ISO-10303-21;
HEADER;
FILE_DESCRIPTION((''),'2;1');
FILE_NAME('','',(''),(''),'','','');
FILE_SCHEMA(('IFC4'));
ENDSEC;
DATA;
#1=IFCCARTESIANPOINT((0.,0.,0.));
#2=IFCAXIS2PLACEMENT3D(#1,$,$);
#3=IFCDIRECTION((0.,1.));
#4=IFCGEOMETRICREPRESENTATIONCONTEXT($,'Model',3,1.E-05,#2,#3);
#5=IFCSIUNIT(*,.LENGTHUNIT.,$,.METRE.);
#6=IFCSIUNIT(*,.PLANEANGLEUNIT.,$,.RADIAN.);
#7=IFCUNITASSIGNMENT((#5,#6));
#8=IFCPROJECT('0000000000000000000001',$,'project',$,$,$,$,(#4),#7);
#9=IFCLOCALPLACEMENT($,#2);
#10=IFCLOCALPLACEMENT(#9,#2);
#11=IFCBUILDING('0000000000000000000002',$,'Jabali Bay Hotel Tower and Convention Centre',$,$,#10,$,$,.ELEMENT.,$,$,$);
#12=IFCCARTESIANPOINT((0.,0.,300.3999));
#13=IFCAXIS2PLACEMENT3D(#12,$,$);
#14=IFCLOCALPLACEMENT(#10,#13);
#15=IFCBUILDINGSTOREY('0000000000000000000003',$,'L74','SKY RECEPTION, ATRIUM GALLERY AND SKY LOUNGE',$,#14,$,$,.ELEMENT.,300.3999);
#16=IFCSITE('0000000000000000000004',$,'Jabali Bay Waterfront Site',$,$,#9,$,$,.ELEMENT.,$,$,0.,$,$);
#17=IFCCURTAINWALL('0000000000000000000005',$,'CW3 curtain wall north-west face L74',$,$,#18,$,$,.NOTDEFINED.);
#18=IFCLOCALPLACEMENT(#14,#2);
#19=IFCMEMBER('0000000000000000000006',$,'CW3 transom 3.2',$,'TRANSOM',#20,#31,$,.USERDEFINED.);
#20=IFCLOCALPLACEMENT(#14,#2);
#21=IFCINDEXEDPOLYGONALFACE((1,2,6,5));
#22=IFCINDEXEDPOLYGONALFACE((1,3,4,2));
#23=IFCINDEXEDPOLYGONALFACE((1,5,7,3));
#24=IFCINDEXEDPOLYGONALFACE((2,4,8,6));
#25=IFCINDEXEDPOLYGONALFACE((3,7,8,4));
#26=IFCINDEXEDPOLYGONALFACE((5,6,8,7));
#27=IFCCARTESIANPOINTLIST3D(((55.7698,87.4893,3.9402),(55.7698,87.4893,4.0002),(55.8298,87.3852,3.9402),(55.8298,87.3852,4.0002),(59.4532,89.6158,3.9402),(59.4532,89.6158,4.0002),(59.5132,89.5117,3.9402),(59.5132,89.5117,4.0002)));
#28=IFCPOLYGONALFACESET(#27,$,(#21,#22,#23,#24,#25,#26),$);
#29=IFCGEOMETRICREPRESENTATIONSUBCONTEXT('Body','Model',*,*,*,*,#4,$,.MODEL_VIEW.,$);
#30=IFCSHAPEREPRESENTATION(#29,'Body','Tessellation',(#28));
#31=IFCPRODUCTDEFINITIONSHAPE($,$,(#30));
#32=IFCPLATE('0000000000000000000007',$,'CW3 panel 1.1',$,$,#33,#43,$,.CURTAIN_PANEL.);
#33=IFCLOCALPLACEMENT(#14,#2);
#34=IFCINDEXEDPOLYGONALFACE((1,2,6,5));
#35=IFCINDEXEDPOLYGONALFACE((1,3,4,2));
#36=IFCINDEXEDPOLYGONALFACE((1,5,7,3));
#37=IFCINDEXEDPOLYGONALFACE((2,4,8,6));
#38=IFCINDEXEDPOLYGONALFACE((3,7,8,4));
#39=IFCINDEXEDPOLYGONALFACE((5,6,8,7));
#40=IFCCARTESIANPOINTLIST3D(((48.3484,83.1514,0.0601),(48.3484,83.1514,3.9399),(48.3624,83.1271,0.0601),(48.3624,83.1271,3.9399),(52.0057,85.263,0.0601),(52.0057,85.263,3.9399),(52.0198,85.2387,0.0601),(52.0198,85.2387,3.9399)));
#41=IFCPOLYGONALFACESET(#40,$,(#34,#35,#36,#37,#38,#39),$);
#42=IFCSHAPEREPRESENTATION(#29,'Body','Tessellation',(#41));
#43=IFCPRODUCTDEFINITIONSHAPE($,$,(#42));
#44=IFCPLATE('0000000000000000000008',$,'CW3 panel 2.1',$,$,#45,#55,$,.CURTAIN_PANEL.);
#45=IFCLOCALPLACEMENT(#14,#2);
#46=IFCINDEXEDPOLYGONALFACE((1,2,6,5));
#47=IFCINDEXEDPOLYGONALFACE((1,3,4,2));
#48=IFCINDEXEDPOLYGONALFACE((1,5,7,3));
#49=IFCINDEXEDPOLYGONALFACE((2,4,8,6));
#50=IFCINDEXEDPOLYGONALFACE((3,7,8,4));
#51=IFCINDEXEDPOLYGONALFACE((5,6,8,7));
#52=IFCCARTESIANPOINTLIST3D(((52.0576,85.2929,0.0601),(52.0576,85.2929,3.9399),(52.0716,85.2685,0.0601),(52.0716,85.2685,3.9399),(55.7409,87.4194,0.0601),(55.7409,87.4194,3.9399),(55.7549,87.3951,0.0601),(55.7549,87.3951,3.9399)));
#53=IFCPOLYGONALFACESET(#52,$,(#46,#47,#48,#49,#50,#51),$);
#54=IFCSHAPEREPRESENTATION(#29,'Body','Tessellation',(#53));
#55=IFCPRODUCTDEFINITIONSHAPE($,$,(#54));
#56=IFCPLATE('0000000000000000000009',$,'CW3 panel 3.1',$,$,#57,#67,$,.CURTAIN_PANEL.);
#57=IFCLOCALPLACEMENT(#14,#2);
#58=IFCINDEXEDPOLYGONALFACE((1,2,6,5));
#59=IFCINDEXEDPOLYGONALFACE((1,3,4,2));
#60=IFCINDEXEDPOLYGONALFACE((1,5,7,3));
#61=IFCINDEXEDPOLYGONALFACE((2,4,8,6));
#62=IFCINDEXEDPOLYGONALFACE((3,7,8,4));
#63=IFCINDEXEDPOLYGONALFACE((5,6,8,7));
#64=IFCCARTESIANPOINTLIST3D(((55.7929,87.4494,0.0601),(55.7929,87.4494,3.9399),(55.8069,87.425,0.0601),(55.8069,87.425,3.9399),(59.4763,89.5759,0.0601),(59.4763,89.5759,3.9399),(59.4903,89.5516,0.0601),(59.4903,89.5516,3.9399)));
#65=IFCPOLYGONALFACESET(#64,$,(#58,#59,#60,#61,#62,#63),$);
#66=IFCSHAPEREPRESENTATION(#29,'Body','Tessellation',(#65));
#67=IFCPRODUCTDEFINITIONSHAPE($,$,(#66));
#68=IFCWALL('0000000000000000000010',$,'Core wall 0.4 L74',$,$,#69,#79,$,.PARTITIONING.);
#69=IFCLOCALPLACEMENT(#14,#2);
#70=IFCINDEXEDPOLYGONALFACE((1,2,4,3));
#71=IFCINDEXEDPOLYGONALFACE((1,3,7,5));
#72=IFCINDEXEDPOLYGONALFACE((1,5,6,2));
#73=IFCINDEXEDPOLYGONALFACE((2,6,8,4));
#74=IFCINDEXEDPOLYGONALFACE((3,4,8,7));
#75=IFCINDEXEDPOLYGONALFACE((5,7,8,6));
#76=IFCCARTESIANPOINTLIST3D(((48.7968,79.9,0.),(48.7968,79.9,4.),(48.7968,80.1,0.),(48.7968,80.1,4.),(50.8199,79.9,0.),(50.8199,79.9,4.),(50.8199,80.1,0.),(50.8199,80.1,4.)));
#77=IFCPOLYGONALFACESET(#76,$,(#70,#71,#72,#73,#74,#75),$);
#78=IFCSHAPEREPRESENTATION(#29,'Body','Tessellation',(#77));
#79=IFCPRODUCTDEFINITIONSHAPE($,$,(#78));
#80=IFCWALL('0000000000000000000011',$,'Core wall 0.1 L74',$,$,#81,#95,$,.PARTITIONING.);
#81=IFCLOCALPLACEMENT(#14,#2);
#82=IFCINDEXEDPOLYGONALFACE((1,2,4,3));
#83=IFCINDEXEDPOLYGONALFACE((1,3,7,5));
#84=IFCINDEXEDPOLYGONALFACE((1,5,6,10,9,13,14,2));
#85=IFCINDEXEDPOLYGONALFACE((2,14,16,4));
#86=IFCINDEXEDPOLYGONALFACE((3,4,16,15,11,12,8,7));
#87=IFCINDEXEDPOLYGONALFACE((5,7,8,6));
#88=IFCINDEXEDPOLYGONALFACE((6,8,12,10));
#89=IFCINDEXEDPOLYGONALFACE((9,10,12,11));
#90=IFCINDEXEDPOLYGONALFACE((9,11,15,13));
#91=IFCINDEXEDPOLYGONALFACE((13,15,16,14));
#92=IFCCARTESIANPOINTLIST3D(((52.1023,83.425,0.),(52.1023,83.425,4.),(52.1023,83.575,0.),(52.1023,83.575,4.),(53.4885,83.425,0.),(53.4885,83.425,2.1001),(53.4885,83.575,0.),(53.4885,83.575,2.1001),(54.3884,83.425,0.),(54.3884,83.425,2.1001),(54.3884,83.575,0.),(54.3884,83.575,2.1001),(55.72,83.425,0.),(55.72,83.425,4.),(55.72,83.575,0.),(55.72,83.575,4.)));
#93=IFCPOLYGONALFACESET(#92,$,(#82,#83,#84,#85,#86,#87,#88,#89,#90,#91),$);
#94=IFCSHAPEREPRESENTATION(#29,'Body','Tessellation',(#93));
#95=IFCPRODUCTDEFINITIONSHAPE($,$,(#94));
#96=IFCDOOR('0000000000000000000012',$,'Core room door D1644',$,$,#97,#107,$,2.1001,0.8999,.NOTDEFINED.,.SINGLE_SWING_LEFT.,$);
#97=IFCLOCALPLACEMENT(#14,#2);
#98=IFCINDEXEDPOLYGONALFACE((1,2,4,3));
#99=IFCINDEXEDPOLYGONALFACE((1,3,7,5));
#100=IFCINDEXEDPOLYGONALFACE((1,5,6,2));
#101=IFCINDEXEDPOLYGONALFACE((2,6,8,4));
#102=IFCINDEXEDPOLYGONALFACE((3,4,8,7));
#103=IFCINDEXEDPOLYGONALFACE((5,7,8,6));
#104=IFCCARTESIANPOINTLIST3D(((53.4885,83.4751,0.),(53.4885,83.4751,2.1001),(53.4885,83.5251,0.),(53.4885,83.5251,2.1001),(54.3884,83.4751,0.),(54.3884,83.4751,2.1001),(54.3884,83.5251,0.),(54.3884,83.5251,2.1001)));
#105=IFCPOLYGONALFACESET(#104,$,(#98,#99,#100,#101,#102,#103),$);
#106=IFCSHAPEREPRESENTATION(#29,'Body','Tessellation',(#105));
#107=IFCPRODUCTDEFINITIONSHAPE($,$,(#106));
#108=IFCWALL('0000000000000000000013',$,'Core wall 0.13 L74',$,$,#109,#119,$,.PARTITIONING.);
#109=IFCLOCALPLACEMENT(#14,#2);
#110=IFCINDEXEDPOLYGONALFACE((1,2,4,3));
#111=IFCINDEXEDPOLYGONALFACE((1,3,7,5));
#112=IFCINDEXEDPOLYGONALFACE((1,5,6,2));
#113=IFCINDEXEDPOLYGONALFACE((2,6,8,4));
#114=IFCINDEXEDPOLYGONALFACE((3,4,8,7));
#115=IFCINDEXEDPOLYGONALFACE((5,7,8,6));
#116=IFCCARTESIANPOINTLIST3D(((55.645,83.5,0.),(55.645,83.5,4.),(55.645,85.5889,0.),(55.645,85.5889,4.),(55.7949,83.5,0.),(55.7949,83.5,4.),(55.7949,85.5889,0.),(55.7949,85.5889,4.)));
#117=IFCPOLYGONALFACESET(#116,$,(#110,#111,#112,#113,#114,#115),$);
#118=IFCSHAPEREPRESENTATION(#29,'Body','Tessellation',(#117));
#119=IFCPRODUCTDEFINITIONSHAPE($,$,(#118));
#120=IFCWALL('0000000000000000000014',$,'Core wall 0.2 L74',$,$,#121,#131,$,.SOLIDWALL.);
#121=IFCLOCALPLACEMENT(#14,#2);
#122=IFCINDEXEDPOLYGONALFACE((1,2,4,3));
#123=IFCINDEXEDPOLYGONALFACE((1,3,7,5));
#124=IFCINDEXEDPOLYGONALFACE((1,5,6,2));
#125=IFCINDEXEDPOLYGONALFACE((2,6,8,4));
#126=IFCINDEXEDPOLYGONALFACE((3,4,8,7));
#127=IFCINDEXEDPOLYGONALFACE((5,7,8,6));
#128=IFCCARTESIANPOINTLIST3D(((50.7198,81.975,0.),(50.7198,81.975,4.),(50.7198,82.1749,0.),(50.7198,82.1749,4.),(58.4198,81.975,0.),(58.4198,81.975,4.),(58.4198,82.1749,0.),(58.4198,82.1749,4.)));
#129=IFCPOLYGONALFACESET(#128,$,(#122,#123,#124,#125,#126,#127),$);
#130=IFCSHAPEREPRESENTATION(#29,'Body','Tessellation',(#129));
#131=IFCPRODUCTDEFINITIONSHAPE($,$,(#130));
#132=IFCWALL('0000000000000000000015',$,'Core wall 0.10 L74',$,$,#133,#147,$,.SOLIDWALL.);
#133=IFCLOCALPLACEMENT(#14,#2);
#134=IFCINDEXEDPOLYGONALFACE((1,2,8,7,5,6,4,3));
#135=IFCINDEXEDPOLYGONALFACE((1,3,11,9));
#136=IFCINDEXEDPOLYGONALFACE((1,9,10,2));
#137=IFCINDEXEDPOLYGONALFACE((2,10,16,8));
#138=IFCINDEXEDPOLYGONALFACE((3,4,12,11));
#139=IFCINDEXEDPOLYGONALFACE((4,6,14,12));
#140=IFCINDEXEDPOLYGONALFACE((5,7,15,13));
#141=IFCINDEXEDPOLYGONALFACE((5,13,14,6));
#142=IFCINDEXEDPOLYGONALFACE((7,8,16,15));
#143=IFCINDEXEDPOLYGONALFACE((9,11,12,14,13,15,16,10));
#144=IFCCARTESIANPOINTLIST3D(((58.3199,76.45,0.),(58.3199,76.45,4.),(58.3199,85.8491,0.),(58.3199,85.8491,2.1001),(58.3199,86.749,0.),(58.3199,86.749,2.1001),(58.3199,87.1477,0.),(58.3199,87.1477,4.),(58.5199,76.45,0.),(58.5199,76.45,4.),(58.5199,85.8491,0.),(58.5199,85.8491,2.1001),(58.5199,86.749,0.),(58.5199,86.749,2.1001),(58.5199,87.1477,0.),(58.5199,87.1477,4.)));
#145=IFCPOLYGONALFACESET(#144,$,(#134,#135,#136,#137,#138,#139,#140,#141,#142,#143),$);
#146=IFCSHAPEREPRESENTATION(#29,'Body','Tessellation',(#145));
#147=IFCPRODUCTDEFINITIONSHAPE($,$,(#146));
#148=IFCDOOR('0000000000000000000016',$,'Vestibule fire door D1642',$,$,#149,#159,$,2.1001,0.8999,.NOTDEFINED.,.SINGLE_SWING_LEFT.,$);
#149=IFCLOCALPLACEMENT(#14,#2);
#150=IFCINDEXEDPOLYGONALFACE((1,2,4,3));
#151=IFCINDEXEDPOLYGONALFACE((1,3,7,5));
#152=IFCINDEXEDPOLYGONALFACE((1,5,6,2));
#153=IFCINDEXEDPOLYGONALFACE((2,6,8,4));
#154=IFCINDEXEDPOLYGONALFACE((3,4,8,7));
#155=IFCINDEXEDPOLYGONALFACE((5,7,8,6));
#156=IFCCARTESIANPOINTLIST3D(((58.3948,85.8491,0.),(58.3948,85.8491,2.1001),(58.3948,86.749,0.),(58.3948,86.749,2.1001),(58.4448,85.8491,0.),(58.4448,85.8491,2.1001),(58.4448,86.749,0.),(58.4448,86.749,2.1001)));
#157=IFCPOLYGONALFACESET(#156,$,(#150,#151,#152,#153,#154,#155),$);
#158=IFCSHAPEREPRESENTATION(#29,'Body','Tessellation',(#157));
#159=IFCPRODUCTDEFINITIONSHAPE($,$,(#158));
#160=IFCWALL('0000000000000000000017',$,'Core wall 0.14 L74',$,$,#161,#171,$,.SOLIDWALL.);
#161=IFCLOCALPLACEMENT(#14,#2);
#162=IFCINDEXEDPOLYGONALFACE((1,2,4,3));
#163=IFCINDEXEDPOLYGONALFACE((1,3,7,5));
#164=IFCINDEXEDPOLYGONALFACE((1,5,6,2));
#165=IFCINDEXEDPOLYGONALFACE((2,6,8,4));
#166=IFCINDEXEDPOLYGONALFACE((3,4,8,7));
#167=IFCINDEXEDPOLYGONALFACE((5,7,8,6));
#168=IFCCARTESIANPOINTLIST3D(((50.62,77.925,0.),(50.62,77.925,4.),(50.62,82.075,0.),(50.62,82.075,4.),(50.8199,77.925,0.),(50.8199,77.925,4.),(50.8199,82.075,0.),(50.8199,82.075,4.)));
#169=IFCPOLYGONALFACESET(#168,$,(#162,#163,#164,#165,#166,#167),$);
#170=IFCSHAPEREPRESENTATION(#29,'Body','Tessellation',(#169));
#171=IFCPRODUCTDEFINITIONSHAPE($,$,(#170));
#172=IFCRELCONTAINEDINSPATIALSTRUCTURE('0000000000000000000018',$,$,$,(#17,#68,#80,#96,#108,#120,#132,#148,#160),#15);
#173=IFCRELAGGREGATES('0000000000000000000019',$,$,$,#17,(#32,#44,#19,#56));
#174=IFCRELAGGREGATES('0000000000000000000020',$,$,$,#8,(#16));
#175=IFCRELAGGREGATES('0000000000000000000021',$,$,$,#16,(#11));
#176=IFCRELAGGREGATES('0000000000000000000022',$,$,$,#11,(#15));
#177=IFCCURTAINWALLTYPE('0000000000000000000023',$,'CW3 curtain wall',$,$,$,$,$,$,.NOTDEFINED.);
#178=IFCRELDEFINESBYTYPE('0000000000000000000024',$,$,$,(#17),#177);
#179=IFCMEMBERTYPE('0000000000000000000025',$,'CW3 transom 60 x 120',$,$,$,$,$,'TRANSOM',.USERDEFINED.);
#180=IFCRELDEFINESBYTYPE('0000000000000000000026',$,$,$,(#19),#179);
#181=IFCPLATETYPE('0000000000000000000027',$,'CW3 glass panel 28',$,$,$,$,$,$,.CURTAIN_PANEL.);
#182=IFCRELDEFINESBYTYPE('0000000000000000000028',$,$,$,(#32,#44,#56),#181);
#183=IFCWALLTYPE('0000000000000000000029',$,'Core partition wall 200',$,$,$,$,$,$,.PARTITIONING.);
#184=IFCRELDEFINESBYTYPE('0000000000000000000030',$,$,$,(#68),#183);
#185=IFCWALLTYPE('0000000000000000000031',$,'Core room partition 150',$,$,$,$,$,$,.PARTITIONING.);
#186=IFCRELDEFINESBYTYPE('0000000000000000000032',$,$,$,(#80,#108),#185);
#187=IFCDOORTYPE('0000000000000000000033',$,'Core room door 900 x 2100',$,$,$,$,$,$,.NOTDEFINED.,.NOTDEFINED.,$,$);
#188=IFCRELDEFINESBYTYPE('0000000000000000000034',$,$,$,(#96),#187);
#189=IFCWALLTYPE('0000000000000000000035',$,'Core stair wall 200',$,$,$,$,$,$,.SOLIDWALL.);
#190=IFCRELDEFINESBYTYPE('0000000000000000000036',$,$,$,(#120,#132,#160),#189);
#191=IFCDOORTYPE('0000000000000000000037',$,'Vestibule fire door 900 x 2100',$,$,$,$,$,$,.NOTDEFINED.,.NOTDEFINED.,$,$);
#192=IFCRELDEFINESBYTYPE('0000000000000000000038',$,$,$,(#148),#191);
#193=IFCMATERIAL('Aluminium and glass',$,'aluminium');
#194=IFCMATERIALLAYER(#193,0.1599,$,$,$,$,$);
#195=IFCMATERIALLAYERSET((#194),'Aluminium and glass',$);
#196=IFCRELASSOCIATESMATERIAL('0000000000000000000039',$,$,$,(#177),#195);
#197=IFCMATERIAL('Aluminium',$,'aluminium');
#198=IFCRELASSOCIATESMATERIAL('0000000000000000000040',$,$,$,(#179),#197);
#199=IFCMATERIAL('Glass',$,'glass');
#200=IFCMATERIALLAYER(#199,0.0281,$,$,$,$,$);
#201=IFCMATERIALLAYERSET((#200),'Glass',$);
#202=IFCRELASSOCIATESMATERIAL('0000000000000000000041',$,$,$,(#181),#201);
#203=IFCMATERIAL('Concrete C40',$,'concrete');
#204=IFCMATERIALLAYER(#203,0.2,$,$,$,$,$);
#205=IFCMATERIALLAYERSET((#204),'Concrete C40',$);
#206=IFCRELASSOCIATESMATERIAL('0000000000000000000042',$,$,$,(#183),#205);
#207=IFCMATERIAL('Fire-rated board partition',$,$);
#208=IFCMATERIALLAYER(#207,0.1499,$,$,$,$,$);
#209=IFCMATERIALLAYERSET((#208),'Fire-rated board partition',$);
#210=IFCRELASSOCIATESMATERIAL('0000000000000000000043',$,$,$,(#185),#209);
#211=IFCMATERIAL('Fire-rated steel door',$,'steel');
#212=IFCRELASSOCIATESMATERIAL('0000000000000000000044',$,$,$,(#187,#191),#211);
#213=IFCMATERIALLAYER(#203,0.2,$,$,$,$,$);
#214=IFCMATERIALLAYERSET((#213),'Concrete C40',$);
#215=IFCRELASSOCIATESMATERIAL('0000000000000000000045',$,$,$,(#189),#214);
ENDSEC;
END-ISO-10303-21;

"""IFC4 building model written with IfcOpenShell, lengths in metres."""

from ifc_helpers import new_model, si_unit, direction, frame, frame_2d, origin, origin_2d, place, context, subcontext, project, spatial, rectangle, extrude, material, layer, layer_set, material_profile, profile_set, type_object, element, fill, aggregate, save


model = new_model("IFC4")

# Units and contexts
model_context = context("Model", 3, precision=1e-05, world=origin(), true_north=direction((0.0, 1.0)))
body_context = subcontext(model_context, "Body", "Model", "MODEL_VIEW")
ifc_project = project(units=[si_unit("LENGTHUNIT", "METRE"), si_unit("PLANEANGLEUNIT", "RADIAN")], contexts=[model_context])

# Site, building, storey
site_placement = place(None, origin())
site = spatial("IfcSite", under=ifc_project, at=site_placement, Name="Jabali Bay Waterfront Site", CompositionType="ELEMENT", RefElevation=0.0)
building_placement = place(site_placement, origin())
building = spatial("IfcBuilding", under=site, at=building_placement, Name="Jabali Bay Hotel Tower and Convention Centre", CompositionType="ELEMENT")
storey_placement = place(building_placement, frame((0.0, 0.0, 300.3999)))
storey = spatial("IfcBuildingStorey", under=building, at=storey_placement, Name="L74", Description="SKY RECEPTION, ATRIUM GALLERY AND SKY LOUNGE", CompositionType="ELEMENT", Elevation=300.3999)

# Curtain wall, member, plates
ifc_material_1 = material(Name="Aluminium and glass", Category="aluminium")
ifc_layer_1 = layer(ifc_material_1, 0.1599)
ifc_layer_set_1 = layer_set([ifc_layer_1], Name="Aluminium and glass")
curtain_wall_type = type_object("IfcCurtainWallType", Name="CW3 curtain wall", PredefinedType="NOTDEFINED", material=ifc_layer_set_1)
curtain_wall_placement = place(storey_placement, origin())
curtain_wall = element("IfcCurtainWall", 1, at=curtain_wall_placement, inside=storey, type_object=curtain_wall_type, Name="CW3 curtain wall north-west face L74", PredefinedType="NOTDEFINED")
ifc_material_2 = material(Name="Aluminium", Category="aluminium")
ifc_material_profile_1 = material_profile(ifc_material_2, rectangle(XDim=0.1201, YDim=0.0601, at=origin_2d()), Name="CW3 transom 60 x 120")
ifc_profile_set_1 = profile_set([ifc_material_profile_1], Name="Aluminium")
member_type_1 = type_object("IfcMemberType", Name="CW3 transom 60 x 120", ElementType="TRANSOM", PredefinedType="USERDEFINED", material=ifc_profile_set_1)
member_1_placement = place(storey_placement, frame((55.7998, 87.4373, 3.9702), z_axis=(0.866037, 0.499979, 0.0), x_axis=(-0.499979, 0.866037, 0.0)))
member_1 = element("IfcMember", 2, at=member_1_placement, type_object=member_type_1, Name="CW3 transom 3.2", ObjectType="TRANSOM", PredefinedType="USERDEFINED", context=body_context, shape_type="SweptSolid", body=[
    extrude(rectangle(XDim=0.1201, YDim=0.0601, at=origin_2d()), origin(), (0.0, 0.0, 1.0), 4.2532),
])
ifc_material_3 = material(Name="Glass", Category="glass")
ifc_layer_2 = layer(ifc_material_3, 0.0281)
ifc_layer_set_2 = layer_set([ifc_layer_2], Name="Glass")
plate_type = type_object("IfcPlateType", Name="CW3 glass panel 28", PredefinedType="CURTAIN_PANEL", material=ifc_layer_set_2)
plate_1_placement = place(storey_placement, frame((50.1841, 84.1951, 0.0601), z_axis=(0.0, 0.0, 1.0), x_axis=(0.866025, 0.5, 0.0)))
plate_1 = element("IfcPlate", 3, at=plate_1_placement, type_object=plate_type, Name="CW3 panel 1.1", PredefinedType="CURTAIN_PANEL", context=body_context, shape_type="SweptSolid", body=[
    extrude(rectangle(XDim=4.2231, YDim=0.0281, at=origin_2d()), origin(), (0.0, 0.0, 1.0), 3.8799),
])
plate_2_placement = place(storey_placement, frame((53.9062, 86.344, 0.0601), z_axis=(0.0, 0.0, 1.0), x_axis=(0.866025, 0.5, 0.0)))
plate_2 = element("IfcPlate", 4, at=plate_2_placement, type_object=plate_type, Name="CW3 panel 2.1", PredefinedType="CURTAIN_PANEL", context=body_context, shape_type="SweptSolid", body=[
    extrude(rectangle(XDim=4.2532, YDim=0.0281, at=origin_2d()), origin(), (0.0, 0.0, 1.0), 3.8799),
])
plate_3_placement = place(storey_placement, frame((57.6416, 88.5005, 0.0601), z_axis=(0.0, 0.0, 1.0), x_axis=(0.866025, 0.5, 0.0)))
plate_3 = element("IfcPlate", 5, at=plate_3_placement, type_object=plate_type, Name="CW3 panel 3.1", PredefinedType="CURTAIN_PANEL", context=body_context, shape_type="SweptSolid", body=[
    extrude(rectangle(XDim=4.2532, YDim=0.0281, at=origin_2d()), origin(), (0.0, 0.0, 1.0), 3.8799),
])
aggregate(curtain_wall, [plate_1, plate_2, member_1, plate_3])

# Wall
ifc_material_4 = material(Name="Concrete C40", Category="concrete")
ifc_layer_3 = layer(ifc_material_4, 0.2)
ifc_layer_set_3 = layer_set([ifc_layer_3], Name="Concrete C40")
wall_type_1 = type_object("IfcWallType", Name="Core partition wall 200", PredefinedType="PARTITIONING", material=ifc_layer_set_3)
wall_1_placement = place(storey_placement, frame((50.8201, 80.0, 0.0), z_axis=(0.0, 0.0, 1.0), x_axis=(-1.0, 0.0, 0.0)))
element("IfcWall", 6, at=wall_1_placement, inside=storey, type_object=wall_type_1, Name="Core wall 0.4 L74", PredefinedType="PARTITIONING", context=body_context, shape_type="SweptSolid", body=[
    extrude(rectangle(XDim=2.0232, YDim=0.2, at=frame_2d((1.0117, 0.0))), origin(), (0.0, 0.0, 1.0), 4.0),
])

# Wall, opening, door
ifc_material_5 = material(Name="Fire-rated board partition")
ifc_layer_4 = layer(ifc_material_5, 0.1499)
ifc_layer_set_4 = layer_set([ifc_layer_4], Name="Fire-rated board partition")
wall_type_2 = type_object("IfcWallType", Name="Core room partition 150", PredefinedType="PARTITIONING", material=ifc_layer_set_4)
wall_2_placement = place(storey_placement, frame((55.72, 83.5, 0.0), z_axis=(0.0, 0.0, 1.0), x_axis=(-1.0, 0.0, 0.0)))
wall_2 = element("IfcWall", 7, at=wall_2_placement, inside=storey, type_object=wall_type_2, Name="Core wall 0.1 L74", PredefinedType="PARTITIONING", context=body_context, shape_type="SweptSolid", body=[
    extrude(rectangle(XDim=3.6177, YDim=0.1499, at=frame_2d((1.8088, 0.0))), origin(), (0.0, 0.0, 1.0), 4.0),
])
opening_1_placement = place(wall_2_placement, frame((1.3315, 0.0, 0.0)))
opening_1 = element("IfcOpeningElement", 8, at=opening_1_placement, cuts=wall_2, PredefinedType="OPENING", context=body_context, shape_type="SweptSolid", body=[
    extrude(rectangle(XDim=0.8999, YDim=2.1001, at=frame_2d((0.45, 1.05))), frame((0.0, 0.0854, 0.0), z_axis=(0.0, -1.0, 0.0), x_axis=(1.0, 0.0, 0.0)), (0.0, 0.0, 1.0), 0.1709),
])
ifc_material_6 = material(Name="Fire-rated steel door", Category="steel")
door_type_1 = type_object("IfcDoorType", Name="Core room door 900 x 2100", OperationType="NOTDEFINED", PredefinedType="NOTDEFINED", material=ifc_material_6)
door_1_placement = place(opening_1_placement, origin())
door_1 = element("IfcDoor", 9, at=door_1_placement, inside=storey, type_object=door_type_1, Name="Core room door D1644", OperationType="SINGLE_SWING_LEFT", OverallHeight=2.1001, OverallWidth=0.8999, PredefinedType="NOTDEFINED", context=body_context, shape_type="SweptSolid", body=[
    extrude(rectangle(XDim=0.8999, YDim=2.1001, at=frame_2d((0.45, 1.05))), frame((0.0, 0.0249, 0.0), z_axis=(0.0, -1.0, 0.0), x_axis=(1.0, 0.0, 0.0)), (0.0, 0.0, 1.0), 0.05),
])
fill(opening_1, door_1)

# Walls
wall_3_placement = place(storey_placement, frame((55.72, 85.5889, 0.0), z_axis=(0.0, 0.0, 1.0), x_axis=(0.0, -1.0, 0.0)))
element("IfcWall", 10, at=wall_3_placement, inside=storey, type_object=wall_type_2, Name="Core wall 0.13 L74", PredefinedType="PARTITIONING", context=body_context, shape_type="SweptSolid", body=[
    extrude(rectangle(XDim=2.0889, YDim=0.1499, at=frame_2d((1.0444, 0.0))), origin(), (0.0, 0.0, 1.0), 4.0),
])
ifc_layer_5 = layer(ifc_material_4, 0.2)
ifc_layer_set_5 = layer_set([ifc_layer_5], Name="Concrete C40")
wall_type_3 = type_object("IfcWallType", Name="Core stair wall 200", PredefinedType="SOLIDWALL", material=ifc_layer_set_5)
wall_4_placement = place(storey_placement, frame((58.4199, 82.075, 0.0), z_axis=(0.0, 0.0, 1.0), x_axis=(-1.0, 0.0, 0.0)))
element("IfcWall", 11, at=wall_4_placement, inside=storey, type_object=wall_type_3, Name="Core wall 0.2 L74", PredefinedType="SOLIDWALL", context=body_context, shape_type="SweptSolid", body=[
    extrude(rectangle(XDim=7.7, YDim=0.2, at=frame_2d((3.8501, 0.0))), origin(), (0.0, 0.0, 1.0), 4.0),
])

# Wall, opening, door
wall_5_placement = place(storey_placement, frame((58.4199, 87.1477, 0.0), z_axis=(0.0, 0.0, 1.0), x_axis=(0.0, -1.0, 0.0)))
wall_5 = element("IfcWall", 12, at=wall_5_placement, inside=storey, type_object=wall_type_3, Name="Core wall 0.10 L74", PredefinedType="SOLIDWALL", context=body_context, shape_type="SweptSolid", body=[
    extrude(rectangle(XDim=10.6978, YDim=0.2, at=frame_2d((5.3489, 0.0))), origin(), (0.0, 0.0, 1.0), 4.0),
])
opening_2_placement = place(wall_5_placement, frame((0.3987, 0.0, 0.0)))
opening_2 = element("IfcOpeningElement", 13, at=opening_2_placement, cuts=wall_5, PredefinedType="OPENING", context=body_context, shape_type="SweptSolid", body=[
    extrude(rectangle(XDim=0.8999, YDim=2.1001, at=frame_2d((0.45, 1.05))), frame((0.0, 0.1104, 0.0), z_axis=(0.0, -1.0, 0.0), x_axis=(1.0, 0.0, 0.0)), (0.0, 0.0, 1.0), 0.2209),
])
door_type_2 = type_object("IfcDoorType", Name="Vestibule fire door 900 x 2100", OperationType="NOTDEFINED", PredefinedType="NOTDEFINED", material=ifc_material_6)
door_2_placement = place(opening_2_placement, origin())
door_2 = element("IfcDoor", 14, at=door_2_placement, inside=storey, type_object=door_type_2, Name="Vestibule fire door D1642", OperationType="SINGLE_SWING_LEFT", OverallHeight=2.1001, OverallWidth=0.8999, PredefinedType="NOTDEFINED", context=body_context, shape_type="SweptSolid", body=[
    extrude(rectangle(XDim=0.8999, YDim=2.1001, at=frame_2d((0.45, 1.05))), frame((0.0, 0.0249, 0.0), z_axis=(0.0, -1.0, 0.0), x_axis=(1.0, 0.0, 0.0)), (0.0, 0.0, 1.0), 0.05),
])
fill(opening_2, door_2)

# Wall
wall_6_placement = place(storey_placement, frame((50.72, 82.075, 0.0), z_axis=(0.0, 0.0, 1.0), x_axis=(0.0, -1.0, 0.0)))
element("IfcWall", 15, at=wall_6_placement, inside=storey, type_object=wall_type_3, Name="Core wall 0.14 L74", PredefinedType="SOLIDWALL", context=body_context, shape_type="SweptSolid", body=[
    extrude(rectangle(XDim=4.1499, YDim=0.2, at=frame_2d((2.075, 0.0))), origin(), (0.0, 0.0, 1.0), 4.0),
])

save(model, "model.ifc")
